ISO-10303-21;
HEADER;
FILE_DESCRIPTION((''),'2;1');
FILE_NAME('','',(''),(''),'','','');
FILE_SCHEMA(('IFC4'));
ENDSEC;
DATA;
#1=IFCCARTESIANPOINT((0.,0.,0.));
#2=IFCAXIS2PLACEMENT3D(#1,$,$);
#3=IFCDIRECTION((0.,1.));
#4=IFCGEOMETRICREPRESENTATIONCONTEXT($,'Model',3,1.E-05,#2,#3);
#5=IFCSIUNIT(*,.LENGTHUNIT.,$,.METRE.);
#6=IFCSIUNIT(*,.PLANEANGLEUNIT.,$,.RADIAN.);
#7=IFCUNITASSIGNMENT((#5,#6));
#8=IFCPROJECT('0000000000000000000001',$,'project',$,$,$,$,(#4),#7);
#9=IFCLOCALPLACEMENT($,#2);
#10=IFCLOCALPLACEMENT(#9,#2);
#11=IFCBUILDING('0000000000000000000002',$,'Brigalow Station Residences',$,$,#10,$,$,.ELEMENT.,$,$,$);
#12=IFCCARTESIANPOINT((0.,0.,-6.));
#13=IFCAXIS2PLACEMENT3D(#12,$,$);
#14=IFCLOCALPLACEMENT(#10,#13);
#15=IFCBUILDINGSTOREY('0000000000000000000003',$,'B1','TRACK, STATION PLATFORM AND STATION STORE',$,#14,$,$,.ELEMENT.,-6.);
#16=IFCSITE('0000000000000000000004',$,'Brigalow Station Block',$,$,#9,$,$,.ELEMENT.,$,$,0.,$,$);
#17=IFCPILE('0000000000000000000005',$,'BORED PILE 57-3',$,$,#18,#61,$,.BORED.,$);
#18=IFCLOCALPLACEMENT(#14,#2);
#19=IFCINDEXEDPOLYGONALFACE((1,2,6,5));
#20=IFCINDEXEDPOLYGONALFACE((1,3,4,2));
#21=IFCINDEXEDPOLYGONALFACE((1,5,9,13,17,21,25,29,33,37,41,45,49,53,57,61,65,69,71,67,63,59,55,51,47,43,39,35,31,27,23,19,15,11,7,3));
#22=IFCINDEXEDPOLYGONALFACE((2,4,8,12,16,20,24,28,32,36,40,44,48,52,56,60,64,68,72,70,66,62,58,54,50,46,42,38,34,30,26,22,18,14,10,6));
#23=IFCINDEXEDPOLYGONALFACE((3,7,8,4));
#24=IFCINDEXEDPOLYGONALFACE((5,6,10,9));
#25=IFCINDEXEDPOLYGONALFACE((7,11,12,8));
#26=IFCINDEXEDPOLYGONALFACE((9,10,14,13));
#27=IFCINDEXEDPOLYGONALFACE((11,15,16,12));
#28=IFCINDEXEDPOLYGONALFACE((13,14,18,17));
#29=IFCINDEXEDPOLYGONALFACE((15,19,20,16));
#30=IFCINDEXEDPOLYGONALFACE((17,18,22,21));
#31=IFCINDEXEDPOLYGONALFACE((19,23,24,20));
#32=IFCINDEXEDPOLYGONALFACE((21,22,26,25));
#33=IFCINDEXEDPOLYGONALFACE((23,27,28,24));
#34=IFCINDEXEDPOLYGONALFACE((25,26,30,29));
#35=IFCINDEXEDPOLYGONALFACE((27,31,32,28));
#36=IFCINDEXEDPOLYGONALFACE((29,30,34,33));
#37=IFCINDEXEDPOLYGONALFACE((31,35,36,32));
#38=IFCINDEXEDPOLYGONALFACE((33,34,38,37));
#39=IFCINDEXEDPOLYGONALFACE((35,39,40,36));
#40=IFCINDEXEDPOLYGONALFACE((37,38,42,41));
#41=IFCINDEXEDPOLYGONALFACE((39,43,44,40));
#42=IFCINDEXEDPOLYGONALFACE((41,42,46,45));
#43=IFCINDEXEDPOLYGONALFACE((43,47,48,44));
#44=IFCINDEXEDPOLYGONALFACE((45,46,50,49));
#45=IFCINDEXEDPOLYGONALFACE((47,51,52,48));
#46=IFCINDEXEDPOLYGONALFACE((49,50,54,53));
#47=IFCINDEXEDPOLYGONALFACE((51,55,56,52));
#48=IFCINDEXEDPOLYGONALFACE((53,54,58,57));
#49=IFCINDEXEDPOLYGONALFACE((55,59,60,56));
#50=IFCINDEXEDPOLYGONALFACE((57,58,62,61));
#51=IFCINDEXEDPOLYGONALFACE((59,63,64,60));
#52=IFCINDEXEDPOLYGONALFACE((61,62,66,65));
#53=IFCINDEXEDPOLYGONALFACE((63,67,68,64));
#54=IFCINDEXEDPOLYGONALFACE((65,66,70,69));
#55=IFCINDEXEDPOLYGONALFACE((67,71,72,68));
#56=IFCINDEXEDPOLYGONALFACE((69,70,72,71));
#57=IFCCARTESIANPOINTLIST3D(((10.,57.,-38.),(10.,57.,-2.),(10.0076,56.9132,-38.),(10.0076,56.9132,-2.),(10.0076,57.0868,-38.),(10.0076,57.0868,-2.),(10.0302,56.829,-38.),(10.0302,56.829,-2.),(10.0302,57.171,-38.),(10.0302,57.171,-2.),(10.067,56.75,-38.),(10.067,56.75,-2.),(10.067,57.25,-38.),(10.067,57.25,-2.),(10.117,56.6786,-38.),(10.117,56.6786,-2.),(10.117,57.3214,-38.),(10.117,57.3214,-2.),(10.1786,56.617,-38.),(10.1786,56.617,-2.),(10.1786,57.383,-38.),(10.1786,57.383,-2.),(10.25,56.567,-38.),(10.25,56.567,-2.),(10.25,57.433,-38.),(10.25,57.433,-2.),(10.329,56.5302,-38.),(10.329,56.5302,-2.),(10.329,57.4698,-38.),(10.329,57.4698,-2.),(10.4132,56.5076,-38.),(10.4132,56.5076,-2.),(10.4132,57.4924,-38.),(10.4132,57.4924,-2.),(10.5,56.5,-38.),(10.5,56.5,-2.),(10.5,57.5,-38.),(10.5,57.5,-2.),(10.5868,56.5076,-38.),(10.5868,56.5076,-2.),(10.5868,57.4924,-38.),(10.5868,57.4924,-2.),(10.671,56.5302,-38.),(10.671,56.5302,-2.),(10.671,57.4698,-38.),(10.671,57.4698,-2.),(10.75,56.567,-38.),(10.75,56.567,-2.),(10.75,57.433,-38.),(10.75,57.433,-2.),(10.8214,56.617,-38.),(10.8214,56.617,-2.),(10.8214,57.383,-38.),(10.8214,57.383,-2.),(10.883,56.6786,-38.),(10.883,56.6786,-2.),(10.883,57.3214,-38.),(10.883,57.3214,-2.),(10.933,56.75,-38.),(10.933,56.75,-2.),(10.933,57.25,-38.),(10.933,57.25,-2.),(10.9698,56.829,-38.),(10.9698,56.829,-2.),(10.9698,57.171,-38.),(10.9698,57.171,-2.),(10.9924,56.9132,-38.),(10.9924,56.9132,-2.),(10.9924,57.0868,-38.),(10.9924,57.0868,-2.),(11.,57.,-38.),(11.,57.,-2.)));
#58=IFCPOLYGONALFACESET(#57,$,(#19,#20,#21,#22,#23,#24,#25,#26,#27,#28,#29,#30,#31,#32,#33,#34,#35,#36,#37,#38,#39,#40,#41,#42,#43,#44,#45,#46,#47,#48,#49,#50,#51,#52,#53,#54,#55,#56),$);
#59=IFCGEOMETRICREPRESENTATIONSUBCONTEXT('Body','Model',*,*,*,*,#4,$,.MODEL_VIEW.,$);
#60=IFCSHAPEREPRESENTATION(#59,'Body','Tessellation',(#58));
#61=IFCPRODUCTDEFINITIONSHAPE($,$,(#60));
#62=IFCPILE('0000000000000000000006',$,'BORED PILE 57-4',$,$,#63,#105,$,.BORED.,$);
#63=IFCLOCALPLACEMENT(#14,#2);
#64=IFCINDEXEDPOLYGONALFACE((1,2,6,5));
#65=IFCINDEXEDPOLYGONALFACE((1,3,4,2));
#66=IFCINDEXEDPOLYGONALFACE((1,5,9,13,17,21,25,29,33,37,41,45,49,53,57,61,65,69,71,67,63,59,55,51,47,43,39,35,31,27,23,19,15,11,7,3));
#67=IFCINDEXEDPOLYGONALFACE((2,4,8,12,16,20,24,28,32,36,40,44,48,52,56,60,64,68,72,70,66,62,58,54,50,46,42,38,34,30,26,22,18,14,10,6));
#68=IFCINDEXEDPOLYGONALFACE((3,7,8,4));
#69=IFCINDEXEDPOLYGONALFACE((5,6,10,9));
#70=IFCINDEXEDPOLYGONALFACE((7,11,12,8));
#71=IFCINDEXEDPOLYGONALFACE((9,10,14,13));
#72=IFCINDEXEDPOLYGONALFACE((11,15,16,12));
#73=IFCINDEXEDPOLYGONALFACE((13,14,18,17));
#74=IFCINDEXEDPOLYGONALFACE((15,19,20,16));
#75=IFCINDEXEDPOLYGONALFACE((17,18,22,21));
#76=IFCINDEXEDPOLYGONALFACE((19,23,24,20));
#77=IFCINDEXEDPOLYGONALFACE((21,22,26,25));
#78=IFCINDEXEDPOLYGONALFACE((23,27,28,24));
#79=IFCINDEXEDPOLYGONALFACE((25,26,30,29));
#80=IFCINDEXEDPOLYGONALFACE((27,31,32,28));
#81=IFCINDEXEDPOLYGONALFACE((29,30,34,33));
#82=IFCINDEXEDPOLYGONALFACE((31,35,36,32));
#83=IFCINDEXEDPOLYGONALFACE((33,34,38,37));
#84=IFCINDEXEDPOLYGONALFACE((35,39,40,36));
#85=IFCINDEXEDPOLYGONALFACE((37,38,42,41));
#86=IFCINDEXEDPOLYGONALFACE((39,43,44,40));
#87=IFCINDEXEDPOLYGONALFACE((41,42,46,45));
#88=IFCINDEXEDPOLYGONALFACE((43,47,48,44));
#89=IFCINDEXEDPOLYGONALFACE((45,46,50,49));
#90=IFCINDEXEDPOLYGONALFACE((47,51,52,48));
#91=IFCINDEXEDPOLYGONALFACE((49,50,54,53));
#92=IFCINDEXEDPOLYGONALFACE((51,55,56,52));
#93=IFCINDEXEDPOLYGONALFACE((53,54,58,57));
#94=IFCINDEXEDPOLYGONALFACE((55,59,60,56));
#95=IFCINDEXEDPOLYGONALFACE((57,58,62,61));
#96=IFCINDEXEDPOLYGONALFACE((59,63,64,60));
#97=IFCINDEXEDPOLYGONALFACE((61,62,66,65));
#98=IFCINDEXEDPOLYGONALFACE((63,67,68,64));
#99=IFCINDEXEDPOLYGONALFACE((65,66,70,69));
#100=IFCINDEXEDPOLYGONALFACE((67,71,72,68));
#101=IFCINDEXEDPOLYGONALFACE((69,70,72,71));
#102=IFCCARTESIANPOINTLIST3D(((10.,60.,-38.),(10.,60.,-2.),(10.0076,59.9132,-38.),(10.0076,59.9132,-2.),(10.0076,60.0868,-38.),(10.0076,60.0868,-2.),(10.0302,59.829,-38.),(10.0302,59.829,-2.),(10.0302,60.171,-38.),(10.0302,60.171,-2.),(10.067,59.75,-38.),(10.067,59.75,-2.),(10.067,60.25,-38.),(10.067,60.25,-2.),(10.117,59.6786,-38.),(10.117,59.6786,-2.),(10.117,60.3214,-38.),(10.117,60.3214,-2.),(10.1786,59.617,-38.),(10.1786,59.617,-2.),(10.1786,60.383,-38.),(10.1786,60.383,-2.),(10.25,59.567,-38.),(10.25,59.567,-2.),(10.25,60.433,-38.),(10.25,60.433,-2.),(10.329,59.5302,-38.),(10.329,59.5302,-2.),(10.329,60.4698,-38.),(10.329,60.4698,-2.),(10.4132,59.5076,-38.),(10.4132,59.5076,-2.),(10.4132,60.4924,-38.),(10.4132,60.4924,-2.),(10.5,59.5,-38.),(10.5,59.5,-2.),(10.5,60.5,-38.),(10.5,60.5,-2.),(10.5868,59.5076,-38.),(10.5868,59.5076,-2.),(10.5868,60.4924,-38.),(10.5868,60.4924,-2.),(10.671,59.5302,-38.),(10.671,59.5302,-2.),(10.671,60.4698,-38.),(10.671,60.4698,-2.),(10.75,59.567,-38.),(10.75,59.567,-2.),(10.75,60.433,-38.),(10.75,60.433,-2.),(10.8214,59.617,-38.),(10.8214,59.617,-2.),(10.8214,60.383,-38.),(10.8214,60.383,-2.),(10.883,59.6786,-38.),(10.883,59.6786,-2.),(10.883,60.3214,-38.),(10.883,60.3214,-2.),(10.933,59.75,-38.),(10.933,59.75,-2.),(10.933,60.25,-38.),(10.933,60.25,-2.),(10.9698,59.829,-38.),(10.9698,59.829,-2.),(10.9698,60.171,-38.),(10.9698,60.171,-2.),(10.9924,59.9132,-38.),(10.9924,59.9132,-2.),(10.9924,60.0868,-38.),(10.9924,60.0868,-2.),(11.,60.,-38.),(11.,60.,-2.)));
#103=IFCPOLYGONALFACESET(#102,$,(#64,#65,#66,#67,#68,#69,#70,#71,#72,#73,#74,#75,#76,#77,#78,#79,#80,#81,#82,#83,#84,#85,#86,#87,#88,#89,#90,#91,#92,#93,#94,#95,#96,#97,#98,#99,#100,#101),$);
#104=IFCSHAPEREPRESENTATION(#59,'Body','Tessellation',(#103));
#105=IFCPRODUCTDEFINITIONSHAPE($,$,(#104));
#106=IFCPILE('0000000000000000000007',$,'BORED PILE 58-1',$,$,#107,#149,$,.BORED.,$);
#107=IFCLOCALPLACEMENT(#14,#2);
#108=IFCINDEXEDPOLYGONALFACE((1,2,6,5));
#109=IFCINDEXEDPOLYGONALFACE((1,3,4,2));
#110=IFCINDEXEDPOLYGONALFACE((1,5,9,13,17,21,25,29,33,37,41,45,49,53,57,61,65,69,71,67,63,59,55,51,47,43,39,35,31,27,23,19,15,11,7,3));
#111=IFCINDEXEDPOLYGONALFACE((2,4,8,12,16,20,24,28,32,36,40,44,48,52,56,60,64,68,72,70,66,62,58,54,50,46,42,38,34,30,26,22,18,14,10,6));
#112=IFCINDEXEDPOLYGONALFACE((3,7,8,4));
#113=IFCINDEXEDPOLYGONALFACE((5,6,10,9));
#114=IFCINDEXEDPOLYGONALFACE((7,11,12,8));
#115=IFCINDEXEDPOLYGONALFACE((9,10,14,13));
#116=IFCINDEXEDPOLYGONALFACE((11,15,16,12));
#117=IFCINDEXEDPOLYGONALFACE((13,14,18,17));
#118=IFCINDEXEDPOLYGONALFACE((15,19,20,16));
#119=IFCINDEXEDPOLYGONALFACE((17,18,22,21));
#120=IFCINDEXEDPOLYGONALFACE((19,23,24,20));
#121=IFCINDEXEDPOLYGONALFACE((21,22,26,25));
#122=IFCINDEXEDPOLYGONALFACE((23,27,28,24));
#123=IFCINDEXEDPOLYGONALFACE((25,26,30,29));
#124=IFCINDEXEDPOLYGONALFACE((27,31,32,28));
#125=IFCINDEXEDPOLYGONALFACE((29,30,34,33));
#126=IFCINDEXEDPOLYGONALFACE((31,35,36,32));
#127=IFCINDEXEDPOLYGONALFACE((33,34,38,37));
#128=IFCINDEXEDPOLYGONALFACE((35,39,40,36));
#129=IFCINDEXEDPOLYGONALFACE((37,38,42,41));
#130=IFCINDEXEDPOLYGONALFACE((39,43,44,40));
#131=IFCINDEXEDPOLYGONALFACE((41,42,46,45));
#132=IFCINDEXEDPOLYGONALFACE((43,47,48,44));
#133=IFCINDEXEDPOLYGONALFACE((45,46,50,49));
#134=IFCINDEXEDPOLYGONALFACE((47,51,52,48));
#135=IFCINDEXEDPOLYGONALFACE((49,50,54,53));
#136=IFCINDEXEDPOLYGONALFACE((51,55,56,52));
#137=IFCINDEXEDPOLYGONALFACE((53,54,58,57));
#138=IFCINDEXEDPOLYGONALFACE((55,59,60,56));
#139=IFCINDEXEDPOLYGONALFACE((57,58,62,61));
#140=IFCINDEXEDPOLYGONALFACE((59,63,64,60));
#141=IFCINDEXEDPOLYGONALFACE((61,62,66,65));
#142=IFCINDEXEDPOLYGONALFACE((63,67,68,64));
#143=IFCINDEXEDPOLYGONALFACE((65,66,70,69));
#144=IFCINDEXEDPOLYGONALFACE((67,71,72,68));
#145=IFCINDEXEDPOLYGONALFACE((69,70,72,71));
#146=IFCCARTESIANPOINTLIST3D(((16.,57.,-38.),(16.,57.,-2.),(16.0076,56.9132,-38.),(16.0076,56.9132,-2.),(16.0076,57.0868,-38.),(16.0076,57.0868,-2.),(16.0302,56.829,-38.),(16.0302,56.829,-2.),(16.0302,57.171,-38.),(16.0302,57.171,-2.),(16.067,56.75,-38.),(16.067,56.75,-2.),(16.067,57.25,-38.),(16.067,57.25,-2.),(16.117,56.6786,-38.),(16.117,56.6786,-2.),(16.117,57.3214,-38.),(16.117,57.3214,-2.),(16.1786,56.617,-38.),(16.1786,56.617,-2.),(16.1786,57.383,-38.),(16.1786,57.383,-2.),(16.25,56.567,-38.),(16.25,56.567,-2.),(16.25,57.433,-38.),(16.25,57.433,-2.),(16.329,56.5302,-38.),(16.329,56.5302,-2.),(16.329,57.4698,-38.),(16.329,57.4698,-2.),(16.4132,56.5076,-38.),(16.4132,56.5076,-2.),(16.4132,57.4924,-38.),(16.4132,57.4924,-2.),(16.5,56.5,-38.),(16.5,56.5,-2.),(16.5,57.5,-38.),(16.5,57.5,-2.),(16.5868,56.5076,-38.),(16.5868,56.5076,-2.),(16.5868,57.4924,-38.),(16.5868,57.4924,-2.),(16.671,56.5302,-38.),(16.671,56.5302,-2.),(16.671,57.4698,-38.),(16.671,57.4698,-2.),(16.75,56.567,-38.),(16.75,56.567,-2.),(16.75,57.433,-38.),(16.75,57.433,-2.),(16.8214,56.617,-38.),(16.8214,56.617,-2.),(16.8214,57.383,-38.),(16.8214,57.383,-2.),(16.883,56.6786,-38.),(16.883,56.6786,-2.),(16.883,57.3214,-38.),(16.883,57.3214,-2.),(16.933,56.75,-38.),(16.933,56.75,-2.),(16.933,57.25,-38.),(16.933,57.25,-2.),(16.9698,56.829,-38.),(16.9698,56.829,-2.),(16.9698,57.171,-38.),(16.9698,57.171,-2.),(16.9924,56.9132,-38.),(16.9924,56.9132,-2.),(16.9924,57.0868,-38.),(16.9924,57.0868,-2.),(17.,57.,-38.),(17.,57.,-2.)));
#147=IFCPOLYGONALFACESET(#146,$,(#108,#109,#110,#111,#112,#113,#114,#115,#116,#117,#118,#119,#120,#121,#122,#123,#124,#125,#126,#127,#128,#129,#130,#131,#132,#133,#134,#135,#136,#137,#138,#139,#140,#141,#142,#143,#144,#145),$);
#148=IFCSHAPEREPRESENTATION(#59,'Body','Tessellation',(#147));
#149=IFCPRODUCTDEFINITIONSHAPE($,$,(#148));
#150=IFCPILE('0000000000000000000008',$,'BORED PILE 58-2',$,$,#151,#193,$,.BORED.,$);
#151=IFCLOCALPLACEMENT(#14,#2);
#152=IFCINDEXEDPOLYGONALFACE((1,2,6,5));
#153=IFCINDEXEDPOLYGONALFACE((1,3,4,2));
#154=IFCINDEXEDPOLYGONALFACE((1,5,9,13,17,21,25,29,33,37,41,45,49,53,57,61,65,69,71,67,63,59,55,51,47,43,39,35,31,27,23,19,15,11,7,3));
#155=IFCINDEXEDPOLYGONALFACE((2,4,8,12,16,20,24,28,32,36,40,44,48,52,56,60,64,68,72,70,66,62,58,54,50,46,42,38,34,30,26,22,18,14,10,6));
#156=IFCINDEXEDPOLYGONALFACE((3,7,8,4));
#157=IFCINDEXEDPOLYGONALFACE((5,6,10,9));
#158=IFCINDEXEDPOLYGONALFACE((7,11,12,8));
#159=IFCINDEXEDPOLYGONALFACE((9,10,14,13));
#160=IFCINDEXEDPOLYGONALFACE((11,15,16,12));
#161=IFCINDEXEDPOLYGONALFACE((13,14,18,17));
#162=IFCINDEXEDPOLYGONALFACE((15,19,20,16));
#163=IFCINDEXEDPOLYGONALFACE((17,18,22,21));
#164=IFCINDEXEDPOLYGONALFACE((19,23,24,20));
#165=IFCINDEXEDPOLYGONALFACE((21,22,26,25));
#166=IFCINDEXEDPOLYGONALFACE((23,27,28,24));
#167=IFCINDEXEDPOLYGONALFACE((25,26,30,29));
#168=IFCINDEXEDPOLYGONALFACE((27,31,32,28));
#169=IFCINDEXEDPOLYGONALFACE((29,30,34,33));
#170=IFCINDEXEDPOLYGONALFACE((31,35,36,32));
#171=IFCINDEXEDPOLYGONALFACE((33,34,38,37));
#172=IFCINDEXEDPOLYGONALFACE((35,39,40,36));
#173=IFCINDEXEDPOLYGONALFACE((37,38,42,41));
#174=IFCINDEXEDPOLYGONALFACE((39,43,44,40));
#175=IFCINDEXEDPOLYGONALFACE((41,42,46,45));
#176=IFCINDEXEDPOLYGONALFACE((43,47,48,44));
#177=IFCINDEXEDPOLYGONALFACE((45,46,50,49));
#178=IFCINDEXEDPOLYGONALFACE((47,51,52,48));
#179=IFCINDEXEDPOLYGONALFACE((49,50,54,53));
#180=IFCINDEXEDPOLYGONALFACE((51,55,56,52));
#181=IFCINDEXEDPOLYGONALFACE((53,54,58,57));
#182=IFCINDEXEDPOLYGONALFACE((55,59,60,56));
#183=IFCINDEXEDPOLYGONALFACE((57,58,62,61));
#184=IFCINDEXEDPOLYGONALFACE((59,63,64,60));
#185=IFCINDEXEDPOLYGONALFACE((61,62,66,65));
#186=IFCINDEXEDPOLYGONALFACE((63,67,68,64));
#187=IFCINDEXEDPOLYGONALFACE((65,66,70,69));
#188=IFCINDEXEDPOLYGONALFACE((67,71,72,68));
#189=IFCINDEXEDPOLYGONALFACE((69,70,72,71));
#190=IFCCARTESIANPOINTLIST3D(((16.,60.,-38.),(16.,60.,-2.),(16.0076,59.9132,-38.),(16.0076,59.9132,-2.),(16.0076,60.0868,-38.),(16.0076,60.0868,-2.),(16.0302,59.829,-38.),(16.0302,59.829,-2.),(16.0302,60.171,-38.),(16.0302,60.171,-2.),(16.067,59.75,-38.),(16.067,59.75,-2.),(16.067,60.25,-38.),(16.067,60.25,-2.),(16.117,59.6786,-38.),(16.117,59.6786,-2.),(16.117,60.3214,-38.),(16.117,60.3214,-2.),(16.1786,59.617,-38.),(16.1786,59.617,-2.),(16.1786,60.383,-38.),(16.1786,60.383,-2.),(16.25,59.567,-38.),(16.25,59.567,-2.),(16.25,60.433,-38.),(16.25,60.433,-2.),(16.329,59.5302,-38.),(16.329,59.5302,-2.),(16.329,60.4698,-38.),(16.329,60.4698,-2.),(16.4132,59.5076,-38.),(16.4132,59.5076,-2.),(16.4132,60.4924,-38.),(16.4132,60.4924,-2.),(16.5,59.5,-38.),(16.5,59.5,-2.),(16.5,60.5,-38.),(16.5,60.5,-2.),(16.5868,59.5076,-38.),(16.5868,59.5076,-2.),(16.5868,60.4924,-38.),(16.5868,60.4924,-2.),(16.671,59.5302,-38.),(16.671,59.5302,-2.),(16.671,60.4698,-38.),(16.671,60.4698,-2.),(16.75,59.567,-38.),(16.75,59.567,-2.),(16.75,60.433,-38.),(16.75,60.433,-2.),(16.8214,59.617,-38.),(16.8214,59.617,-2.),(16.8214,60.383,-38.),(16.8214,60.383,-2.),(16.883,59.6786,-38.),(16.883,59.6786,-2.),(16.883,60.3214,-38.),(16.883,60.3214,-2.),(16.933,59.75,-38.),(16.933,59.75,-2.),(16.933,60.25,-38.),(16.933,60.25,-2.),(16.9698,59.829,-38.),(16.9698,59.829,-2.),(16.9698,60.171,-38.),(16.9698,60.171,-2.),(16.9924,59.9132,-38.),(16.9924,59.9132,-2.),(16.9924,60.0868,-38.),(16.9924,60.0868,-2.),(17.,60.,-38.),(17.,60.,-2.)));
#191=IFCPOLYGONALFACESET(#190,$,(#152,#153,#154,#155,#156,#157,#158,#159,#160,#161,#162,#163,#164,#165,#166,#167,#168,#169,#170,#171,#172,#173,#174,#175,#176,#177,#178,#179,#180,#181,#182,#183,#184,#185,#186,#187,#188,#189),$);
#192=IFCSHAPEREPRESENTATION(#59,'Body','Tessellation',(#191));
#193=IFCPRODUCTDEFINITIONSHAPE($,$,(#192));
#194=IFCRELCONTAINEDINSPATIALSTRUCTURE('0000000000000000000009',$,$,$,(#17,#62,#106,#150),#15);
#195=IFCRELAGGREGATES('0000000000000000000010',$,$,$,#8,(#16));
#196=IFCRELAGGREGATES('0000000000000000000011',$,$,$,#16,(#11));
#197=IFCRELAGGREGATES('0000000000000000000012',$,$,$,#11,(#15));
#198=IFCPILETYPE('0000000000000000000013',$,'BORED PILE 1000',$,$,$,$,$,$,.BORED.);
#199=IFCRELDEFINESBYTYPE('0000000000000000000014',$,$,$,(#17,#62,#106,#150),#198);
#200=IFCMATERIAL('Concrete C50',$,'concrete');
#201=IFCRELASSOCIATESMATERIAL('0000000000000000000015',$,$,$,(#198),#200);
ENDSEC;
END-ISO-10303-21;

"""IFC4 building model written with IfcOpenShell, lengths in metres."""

from ifc_helpers import new_model, si_unit, direction, frame, origin, origin_2d, place, context, subcontext, project, spatial, circle, extrude, material, material_profile, profile_set, type_object, element, save


model = new_model("IFC4")

# Units and contexts
model_context = context("Model", 3, precision=1e-05, world=origin(), true_north=direction((0.0, 1.0)))
body_context = subcontext(model_context, "Body", "Model", "MODEL_VIEW")
ifc_project = project(units=[si_unit("LENGTHUNIT", "METRE"), si_unit("PLANEANGLEUNIT", "RADIAN")], contexts=[model_context])

# Site, building, storey
site_placement = place(None, origin())
site = spatial("IfcSite", under=ifc_project, at=site_placement, Name="Brigalow Station Block", CompositionType="ELEMENT", RefElevation=0.0)
building_placement = place(site_placement, origin())
building = spatial("IfcBuilding", under=site, at=building_placement, Name="Brigalow Station Residences", CompositionType="ELEMENT")
storey_placement = place(building_placement, frame((0.0, 0.0, -6.0)))
storey = spatial("IfcBuildingStorey", under=building, at=storey_placement, Name="B1", Description="TRACK, STATION PLATFORM AND STATION STORE", CompositionType="ELEMENT", Elevation=-6.0)

# Piles
ifc_material_1 = material(Name="Concrete C50", Category="concrete")
ifc_material_profile_1 = material_profile(ifc_material_1, circle(Radius=0.5, at=origin_2d()), Name="BP1000")
ifc_profile_set_1 = profile_set([ifc_material_profile_1], Name="Concrete C50")
pile_type_1 = type_object("IfcPileType", Name="BORED PILE 1000", PredefinedType="BORED", material=ifc_profile_set_1)
for number, where, z_axis, x_axis, name in (
    (1, (10.5, 57.0, -2.0), (0.0, 0.0, -1.0), (1.0, 0.0, 0.0), "BORED PILE 57-3"),
    (2, (10.5, 60.0, -2.0), (0.0, 0.0, -1.0), (1.0, 0.0, 0.0), "BORED PILE 57-4"),
    (3, (16.5, 57.0, -2.0), (0.0, 0.0, -1.0), (1.0, 0.0, 0.0), "BORED PILE 58-1"),
    (4, (16.5, 60.0, -2.0), (0.0, 0.0, -1.0), (1.0, 0.0, 0.0), "BORED PILE 58-2"),
):
    element("IfcPile", number, at=place(storey_placement, frame(where, z_axis=z_axis, x_axis=x_axis)), inside=storey, type_object=pile_type_1, Name=name, PredefinedType="BORED", context=body_context, shape_type="SweptSolid", body=[
        extrude(circle(Radius=0.5, at=origin_2d()), origin(), (0.0, 0.0, 1.0), 36.0),
    ])

save(model, "model.ifc")
